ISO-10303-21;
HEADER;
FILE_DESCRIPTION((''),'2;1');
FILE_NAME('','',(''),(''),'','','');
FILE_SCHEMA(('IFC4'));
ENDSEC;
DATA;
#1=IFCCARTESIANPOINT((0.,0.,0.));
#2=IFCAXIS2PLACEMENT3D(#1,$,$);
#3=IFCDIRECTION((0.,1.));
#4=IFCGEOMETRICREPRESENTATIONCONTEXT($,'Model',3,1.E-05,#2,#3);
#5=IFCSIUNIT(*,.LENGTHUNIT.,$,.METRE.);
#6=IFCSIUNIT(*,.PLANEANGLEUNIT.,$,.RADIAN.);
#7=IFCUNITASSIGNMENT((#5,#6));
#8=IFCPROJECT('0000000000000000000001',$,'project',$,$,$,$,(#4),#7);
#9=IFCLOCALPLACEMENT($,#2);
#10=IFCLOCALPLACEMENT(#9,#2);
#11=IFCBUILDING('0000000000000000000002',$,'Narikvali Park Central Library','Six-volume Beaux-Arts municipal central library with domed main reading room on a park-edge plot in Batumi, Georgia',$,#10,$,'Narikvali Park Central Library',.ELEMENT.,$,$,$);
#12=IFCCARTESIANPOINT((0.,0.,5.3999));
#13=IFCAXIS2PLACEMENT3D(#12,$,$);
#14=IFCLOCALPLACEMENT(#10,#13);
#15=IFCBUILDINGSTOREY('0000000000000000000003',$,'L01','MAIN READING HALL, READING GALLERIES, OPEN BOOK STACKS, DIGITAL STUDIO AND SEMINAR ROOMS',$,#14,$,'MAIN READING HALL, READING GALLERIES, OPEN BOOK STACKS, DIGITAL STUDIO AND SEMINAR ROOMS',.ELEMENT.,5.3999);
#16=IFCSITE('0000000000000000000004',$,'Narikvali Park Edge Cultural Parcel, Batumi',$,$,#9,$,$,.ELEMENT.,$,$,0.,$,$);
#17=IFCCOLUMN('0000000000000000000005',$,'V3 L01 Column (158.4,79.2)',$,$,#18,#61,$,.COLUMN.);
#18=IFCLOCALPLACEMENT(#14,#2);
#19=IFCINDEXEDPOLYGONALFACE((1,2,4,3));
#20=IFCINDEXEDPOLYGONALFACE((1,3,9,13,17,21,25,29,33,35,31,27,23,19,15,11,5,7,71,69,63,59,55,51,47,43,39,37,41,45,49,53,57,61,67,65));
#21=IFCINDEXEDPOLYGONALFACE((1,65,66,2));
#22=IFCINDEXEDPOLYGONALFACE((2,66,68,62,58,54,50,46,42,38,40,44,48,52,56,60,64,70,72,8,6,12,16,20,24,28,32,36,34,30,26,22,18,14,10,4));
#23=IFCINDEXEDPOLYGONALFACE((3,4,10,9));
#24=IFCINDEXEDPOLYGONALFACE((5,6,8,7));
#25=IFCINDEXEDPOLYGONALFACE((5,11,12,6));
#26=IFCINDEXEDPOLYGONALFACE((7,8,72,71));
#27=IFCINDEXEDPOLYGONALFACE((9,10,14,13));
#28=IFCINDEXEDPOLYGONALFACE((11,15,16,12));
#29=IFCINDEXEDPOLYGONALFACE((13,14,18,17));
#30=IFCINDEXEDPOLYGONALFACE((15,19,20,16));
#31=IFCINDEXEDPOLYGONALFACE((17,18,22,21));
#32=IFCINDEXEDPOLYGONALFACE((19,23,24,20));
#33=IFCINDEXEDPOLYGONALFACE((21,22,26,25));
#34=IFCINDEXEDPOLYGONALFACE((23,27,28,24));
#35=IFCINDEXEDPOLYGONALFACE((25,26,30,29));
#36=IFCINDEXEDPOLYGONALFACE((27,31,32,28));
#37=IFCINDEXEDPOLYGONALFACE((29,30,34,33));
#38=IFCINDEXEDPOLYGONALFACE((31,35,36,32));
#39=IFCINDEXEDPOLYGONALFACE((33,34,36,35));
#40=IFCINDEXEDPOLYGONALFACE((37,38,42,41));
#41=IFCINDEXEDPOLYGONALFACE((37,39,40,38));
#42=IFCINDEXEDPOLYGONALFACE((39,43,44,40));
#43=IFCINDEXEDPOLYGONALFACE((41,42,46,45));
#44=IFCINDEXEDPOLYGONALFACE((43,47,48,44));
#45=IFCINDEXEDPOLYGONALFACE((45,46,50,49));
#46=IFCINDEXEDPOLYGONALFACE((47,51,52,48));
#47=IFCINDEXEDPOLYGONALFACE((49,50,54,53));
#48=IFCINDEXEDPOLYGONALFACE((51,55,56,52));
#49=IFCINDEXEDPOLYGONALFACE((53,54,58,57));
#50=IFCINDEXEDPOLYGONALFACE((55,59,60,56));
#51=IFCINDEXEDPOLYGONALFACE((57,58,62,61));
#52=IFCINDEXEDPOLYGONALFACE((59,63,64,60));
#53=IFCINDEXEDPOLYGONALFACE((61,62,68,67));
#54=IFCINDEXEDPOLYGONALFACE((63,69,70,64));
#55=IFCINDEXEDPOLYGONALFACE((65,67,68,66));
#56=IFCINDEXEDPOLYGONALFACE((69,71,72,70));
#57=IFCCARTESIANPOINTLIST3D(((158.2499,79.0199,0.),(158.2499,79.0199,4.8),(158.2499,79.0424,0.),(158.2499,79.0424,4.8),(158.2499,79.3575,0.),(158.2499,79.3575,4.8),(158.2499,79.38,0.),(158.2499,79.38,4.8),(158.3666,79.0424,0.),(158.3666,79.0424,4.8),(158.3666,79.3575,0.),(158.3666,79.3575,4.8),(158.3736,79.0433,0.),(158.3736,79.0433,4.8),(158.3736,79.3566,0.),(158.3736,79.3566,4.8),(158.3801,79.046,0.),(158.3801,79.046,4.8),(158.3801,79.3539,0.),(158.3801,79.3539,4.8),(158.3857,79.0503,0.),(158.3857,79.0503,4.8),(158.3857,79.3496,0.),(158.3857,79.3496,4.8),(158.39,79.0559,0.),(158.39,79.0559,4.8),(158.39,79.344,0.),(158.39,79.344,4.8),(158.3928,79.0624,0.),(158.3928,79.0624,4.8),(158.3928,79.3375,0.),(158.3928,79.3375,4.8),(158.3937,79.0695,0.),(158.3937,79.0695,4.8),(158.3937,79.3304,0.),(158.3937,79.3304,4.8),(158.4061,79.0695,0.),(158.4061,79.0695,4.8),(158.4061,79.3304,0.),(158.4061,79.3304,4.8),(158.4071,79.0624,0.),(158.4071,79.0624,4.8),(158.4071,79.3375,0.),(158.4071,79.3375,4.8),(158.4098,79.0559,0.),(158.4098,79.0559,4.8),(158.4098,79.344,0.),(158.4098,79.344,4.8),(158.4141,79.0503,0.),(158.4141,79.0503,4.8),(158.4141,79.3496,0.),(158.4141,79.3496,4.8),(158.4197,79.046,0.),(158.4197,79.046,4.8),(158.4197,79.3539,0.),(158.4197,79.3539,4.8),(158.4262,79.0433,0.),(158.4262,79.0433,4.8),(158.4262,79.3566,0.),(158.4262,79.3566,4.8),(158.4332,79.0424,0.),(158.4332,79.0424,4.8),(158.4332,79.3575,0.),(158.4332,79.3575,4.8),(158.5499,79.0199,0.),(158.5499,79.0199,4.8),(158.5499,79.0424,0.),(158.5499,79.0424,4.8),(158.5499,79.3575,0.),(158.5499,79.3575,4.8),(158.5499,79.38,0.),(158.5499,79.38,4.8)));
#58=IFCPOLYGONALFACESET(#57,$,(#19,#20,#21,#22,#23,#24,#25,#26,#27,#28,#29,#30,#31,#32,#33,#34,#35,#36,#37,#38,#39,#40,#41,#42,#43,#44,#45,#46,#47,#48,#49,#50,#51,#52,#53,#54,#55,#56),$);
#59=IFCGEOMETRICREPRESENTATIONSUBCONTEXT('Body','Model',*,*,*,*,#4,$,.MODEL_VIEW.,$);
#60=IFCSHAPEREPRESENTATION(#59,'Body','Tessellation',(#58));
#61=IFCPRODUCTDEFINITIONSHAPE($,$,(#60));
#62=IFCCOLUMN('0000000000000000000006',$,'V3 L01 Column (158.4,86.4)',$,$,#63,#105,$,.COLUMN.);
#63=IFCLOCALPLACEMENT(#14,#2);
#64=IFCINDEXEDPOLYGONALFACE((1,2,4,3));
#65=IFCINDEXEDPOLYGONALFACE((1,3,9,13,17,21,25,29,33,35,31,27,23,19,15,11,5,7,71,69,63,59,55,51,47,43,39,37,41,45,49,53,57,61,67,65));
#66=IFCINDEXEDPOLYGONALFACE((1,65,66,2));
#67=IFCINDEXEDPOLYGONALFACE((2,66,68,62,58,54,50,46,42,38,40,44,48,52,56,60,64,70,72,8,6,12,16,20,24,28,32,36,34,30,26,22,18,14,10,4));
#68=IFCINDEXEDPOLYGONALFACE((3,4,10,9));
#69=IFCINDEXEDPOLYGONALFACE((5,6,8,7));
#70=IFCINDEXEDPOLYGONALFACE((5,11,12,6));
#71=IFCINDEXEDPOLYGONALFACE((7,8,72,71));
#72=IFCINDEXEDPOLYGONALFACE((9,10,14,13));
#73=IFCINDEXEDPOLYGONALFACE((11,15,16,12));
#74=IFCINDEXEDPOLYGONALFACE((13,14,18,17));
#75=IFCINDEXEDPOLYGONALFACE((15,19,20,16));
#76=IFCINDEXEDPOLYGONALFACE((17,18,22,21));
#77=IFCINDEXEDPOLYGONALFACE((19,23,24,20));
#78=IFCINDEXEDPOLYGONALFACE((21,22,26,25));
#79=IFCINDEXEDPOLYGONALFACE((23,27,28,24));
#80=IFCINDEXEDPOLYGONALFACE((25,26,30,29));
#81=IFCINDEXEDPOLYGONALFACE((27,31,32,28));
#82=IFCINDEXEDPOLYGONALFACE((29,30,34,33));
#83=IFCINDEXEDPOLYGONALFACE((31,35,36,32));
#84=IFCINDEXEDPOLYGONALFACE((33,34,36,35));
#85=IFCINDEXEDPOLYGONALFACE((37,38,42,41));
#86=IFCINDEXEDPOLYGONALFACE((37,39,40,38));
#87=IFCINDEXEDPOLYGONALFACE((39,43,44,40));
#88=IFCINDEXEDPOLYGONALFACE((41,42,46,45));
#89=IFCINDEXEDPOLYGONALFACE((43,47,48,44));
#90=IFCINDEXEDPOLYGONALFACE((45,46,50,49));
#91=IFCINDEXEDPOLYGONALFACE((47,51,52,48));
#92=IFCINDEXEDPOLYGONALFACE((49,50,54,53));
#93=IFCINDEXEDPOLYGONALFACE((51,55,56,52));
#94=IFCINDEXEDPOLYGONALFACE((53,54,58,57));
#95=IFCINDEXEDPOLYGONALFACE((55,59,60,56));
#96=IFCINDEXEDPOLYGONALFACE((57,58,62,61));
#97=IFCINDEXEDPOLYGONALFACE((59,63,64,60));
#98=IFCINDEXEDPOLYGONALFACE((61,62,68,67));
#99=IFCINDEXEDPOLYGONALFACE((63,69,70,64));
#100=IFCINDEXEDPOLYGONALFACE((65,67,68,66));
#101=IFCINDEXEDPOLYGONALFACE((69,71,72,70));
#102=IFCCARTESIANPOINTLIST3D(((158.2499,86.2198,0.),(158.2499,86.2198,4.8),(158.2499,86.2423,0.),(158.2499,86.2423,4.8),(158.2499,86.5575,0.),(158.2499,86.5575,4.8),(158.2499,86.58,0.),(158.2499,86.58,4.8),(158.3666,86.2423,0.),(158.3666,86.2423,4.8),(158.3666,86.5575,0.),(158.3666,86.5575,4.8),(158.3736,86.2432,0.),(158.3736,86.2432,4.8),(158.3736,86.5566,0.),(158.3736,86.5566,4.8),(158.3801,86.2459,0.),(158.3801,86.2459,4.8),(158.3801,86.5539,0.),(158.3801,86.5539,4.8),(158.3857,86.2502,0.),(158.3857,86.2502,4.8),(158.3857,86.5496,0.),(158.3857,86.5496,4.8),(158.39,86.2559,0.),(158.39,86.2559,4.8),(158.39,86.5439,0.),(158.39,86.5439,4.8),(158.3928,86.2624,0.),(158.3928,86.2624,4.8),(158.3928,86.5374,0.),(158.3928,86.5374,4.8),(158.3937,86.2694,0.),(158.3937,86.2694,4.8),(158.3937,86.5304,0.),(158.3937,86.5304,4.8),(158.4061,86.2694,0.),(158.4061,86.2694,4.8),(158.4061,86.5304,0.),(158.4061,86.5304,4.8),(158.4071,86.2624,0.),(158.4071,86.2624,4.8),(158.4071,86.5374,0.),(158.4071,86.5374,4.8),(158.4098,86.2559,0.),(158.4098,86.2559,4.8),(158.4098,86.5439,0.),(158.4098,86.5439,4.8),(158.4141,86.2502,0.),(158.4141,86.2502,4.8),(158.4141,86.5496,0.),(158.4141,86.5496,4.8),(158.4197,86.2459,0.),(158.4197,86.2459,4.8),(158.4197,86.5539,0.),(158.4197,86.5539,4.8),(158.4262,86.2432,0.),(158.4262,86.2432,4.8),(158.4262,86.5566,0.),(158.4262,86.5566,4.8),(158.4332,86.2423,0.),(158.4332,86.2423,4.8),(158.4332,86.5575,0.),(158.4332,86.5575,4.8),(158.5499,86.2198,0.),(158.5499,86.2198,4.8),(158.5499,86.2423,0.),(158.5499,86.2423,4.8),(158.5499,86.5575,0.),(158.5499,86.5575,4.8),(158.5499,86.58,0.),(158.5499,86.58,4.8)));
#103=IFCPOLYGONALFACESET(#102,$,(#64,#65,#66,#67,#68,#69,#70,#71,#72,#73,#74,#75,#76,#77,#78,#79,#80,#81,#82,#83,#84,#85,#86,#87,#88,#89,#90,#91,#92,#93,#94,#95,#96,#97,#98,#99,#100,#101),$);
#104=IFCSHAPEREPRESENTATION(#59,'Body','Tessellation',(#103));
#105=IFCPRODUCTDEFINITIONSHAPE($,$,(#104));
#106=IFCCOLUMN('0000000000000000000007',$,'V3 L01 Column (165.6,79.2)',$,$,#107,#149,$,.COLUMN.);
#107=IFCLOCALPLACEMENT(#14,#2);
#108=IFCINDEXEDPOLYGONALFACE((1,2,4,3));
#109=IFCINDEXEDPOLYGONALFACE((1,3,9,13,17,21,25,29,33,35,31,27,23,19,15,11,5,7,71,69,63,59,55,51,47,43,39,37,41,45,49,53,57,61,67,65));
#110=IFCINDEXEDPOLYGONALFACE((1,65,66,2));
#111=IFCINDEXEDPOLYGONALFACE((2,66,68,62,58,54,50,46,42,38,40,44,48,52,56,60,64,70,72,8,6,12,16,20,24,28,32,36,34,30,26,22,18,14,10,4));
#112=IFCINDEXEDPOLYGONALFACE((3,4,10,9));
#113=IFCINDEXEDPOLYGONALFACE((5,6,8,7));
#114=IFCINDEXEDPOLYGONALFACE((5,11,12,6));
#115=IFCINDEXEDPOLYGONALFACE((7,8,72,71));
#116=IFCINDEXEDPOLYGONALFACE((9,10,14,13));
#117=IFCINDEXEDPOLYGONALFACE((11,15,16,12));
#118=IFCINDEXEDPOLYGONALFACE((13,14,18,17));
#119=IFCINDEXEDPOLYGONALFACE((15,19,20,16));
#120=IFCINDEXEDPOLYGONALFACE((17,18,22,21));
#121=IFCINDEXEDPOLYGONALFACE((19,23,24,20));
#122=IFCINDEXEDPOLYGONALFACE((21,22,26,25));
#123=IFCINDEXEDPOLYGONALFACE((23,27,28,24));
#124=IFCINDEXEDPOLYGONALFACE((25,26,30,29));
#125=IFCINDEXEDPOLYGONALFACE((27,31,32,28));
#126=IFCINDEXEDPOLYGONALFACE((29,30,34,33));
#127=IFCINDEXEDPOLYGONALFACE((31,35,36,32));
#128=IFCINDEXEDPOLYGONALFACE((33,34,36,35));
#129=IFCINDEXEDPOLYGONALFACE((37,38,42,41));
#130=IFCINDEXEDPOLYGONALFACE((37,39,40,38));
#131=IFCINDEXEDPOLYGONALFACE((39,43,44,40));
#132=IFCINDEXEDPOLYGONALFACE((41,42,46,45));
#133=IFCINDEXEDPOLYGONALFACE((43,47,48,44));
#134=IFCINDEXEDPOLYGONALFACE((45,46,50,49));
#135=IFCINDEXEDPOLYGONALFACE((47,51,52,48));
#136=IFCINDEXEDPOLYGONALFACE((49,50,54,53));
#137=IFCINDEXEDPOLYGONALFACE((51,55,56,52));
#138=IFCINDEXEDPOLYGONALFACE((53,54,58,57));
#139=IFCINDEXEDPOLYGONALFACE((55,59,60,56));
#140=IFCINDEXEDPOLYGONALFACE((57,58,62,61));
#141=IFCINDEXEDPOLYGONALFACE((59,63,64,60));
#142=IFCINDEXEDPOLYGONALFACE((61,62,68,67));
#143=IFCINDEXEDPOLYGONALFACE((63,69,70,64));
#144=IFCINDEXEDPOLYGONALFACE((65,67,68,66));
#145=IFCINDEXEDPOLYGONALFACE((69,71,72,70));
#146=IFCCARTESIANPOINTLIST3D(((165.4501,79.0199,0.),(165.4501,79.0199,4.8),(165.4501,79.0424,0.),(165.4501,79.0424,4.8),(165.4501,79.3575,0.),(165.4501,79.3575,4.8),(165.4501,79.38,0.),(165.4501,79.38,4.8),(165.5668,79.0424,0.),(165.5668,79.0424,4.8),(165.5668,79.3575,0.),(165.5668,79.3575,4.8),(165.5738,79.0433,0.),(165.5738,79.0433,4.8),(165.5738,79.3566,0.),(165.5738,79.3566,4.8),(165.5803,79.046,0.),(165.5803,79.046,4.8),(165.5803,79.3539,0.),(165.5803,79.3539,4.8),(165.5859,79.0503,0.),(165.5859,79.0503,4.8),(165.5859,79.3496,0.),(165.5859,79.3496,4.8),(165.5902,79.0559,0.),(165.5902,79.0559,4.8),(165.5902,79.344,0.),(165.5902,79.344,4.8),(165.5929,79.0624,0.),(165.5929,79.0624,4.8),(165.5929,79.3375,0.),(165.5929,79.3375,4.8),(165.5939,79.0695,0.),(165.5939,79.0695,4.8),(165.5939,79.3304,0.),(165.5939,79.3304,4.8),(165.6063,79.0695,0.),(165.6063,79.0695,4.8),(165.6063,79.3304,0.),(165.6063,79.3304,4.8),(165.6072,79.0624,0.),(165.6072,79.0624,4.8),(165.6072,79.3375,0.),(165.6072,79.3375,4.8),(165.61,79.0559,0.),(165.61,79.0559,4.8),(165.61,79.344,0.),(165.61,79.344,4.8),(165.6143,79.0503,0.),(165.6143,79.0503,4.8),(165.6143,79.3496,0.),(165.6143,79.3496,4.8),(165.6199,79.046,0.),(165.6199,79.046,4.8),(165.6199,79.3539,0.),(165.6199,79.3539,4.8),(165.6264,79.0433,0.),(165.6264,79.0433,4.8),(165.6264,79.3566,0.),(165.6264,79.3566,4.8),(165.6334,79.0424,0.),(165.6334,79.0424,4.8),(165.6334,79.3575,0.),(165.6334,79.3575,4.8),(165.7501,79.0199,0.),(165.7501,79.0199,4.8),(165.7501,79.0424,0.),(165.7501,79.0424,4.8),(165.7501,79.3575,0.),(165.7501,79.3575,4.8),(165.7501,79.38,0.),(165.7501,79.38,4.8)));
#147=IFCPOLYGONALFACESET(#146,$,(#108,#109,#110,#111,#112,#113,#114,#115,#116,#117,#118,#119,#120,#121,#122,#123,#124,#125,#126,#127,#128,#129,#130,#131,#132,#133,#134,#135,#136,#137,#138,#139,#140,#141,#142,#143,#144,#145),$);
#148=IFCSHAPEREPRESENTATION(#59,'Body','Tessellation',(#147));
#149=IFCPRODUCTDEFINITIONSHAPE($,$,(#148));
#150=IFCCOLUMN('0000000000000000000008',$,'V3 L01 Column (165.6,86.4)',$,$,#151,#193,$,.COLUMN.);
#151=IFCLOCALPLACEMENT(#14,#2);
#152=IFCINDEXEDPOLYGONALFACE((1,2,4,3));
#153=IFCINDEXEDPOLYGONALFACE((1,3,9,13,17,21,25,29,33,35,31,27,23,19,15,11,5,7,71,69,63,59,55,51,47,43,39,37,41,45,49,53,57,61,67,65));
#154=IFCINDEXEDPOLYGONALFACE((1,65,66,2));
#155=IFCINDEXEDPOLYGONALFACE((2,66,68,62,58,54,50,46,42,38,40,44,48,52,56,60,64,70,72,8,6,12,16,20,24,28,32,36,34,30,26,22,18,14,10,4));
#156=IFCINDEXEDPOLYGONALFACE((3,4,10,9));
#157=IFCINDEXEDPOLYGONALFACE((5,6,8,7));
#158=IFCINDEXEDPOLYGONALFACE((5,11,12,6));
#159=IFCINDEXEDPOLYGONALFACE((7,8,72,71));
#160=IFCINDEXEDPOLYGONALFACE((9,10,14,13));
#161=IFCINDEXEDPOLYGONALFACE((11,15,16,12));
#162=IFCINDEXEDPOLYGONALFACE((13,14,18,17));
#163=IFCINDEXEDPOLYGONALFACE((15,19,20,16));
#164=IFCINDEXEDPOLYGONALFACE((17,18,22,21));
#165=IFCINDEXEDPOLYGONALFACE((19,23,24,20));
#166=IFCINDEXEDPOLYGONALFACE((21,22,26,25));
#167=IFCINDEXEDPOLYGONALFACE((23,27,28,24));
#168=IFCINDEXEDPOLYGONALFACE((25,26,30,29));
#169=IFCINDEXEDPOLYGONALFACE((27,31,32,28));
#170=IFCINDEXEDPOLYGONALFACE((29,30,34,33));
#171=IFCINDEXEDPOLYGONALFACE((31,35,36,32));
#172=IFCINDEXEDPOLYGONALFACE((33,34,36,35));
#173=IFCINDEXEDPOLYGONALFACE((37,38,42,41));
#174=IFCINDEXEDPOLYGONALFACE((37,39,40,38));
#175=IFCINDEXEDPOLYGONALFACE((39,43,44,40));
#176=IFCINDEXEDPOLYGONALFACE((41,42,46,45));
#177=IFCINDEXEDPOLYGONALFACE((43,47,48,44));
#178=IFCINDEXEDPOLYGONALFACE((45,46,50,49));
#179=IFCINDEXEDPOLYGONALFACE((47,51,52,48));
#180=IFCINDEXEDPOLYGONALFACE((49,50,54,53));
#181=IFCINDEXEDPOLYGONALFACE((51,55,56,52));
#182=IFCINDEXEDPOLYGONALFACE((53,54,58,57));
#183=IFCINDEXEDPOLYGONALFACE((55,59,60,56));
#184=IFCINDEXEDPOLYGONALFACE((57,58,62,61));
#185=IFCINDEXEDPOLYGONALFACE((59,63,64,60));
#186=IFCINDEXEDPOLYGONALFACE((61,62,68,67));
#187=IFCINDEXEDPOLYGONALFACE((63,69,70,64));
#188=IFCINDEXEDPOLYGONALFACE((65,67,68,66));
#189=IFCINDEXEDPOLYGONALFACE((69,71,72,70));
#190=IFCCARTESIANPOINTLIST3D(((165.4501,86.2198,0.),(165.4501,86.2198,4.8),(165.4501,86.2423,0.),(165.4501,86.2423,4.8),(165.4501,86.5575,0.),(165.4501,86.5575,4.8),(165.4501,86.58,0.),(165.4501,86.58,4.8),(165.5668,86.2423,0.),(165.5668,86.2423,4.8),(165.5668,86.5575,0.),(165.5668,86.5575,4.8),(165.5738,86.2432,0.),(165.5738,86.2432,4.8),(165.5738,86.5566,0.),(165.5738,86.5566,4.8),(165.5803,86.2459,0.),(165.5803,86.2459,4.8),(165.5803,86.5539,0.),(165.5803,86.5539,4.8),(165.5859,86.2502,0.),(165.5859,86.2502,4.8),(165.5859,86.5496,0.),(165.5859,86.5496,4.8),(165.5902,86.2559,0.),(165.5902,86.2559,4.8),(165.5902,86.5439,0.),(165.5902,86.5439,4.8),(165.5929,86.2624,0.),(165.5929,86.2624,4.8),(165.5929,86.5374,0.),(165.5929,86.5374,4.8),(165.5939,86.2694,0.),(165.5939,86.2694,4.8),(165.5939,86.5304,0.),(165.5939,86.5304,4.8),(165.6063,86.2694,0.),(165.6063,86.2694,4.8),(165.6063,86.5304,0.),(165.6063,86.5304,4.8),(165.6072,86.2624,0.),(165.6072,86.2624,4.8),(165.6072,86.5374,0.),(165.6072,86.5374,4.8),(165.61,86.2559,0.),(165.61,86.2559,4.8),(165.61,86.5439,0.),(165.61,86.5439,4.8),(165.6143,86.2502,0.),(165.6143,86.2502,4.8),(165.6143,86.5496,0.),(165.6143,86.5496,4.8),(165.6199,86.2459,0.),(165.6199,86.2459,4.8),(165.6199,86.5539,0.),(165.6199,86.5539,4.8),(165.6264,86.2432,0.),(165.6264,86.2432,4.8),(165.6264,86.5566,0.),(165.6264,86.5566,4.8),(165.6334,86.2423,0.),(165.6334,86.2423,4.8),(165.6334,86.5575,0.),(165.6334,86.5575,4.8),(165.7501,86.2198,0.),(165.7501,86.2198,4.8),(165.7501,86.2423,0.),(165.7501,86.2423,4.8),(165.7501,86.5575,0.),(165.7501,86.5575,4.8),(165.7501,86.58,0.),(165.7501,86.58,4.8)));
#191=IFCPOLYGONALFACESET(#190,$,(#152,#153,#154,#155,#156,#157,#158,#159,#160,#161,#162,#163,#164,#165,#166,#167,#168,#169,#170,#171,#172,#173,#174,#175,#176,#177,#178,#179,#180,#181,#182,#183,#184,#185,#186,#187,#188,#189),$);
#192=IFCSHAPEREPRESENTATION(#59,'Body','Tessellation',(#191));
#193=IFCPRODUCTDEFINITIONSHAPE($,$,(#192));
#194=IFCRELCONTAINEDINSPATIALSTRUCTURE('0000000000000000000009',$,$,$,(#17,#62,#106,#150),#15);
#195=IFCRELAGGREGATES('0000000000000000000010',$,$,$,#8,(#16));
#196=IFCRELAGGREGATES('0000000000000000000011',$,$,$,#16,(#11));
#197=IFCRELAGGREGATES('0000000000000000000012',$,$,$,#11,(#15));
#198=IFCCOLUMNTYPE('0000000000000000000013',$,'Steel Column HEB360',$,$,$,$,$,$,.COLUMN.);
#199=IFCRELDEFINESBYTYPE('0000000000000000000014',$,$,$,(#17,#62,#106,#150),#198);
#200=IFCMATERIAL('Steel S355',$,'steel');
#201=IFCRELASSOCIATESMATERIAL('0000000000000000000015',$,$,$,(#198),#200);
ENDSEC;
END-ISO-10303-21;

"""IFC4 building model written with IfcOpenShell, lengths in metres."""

from ifc_helpers import new_model, si_unit, direction, frame, origin, origin_2d, place, context, subcontext, project, spatial, i_section, extrude, material, material_profile, profile_set, type_object, element, save


model = new_model("IFC4")

# Units and contexts
model_context = context("Model", 3, precision=1e-05, world=origin(), true_north=direction((0.0, 1.0)))
body_context = subcontext(model_context, "Body", "Model", "MODEL_VIEW")
ifc_project = project(units=[si_unit("LENGTHUNIT", "METRE"), si_unit("PLANEANGLEUNIT", "RADIAN")], contexts=[model_context])

# Site, building, storey
site_placement = place(None, origin())
site = spatial("IfcSite", under=ifc_project, at=site_placement, Name="Narikvali Park Edge Cultural Parcel, Batumi", CompositionType="ELEMENT", RefElevation=0.0)
building_placement = place(site_placement, origin())
building = spatial("IfcBuilding", under=site, at=building_placement, Name="Narikvali Park Central Library", Description="Six-volume Beaux-Arts municipal central library with domed main reading room on a park-edge plot in Batumi, Georgia", LongName="Narikvali Park Central Library", CompositionType="ELEMENT")
storey_placement = place(building_placement, frame((0.0, 0.0, 5.3999)))
storey = spatial("IfcBuildingStorey", under=building, at=storey_placement, Name="L01", Description="MAIN READING HALL, READING GALLERIES, OPEN BOOK STACKS, DIGITAL STUDIO AND SEMINAR ROOMS", LongName="MAIN READING HALL, READING GALLERIES, OPEN BOOK STACKS, DIGITAL STUDIO AND SEMINAR ROOMS", CompositionType="ELEMENT", Elevation=5.3999)

# Columns
ifc_material_1 = material(Name="Steel S355", Category="steel")
ifc_material_profile_1 = material_profile(ifc_material_1, i_section(OverallWidth=0.3, OverallDepth=0.3601, WebThickness=0.0125, FlangeThickness=0.0225, FilletRadius=0.0271, at=origin_2d()), Name="HEB 360")
ifc_profile_set_1 = profile_set([ifc_material_profile_1], Name="Steel S355")
column_type = type_object("IfcColumnType", Name="Steel Column HEB360", PredefinedType="COLUMN", material=ifc_profile_set_1)
for number, where, z_axis, x_axis, name in (
    (1, (158.3999, 79.2, 0.0), (0.0, 0.0, 1.0), (1.0, 0.0, 0.0), "V3 L01 Column (158.4,79.2)"),
    (2, (158.3999, 86.3999, 0.0), (0.0, 0.0, 1.0), (1.0, 0.0, 0.0), "V3 L01 Column (158.4,86.4)"),
    (3, (165.6001, 79.2, 0.0), (0.0, 0.0, 1.0), (1.0, 0.0, 0.0), "V3 L01 Column (165.6,79.2)"),
    (4, (165.6001, 86.3999, 0.0), (0.0, 0.0, 1.0), (1.0, 0.0, 0.0), "V3 L01 Column (165.6,86.4)"),
):
    element("IfcColumn", number, at=place(storey_placement, frame(where, z_axis=z_axis, x_axis=x_axis)), inside=storey, type_object=column_type, Name=name, PredefinedType="COLUMN", context=body_context, shape_type="SweptSolid", body=[
        extrude(i_section(OverallWidth=0.3, OverallDepth=0.3601, WebThickness=0.0125, FlangeThickness=0.0225, FilletRadius=0.0271, at=origin_2d()), origin(), (0.0, 0.0, 1.0), 4.8),
    ])

save(model, "model.ifc")
